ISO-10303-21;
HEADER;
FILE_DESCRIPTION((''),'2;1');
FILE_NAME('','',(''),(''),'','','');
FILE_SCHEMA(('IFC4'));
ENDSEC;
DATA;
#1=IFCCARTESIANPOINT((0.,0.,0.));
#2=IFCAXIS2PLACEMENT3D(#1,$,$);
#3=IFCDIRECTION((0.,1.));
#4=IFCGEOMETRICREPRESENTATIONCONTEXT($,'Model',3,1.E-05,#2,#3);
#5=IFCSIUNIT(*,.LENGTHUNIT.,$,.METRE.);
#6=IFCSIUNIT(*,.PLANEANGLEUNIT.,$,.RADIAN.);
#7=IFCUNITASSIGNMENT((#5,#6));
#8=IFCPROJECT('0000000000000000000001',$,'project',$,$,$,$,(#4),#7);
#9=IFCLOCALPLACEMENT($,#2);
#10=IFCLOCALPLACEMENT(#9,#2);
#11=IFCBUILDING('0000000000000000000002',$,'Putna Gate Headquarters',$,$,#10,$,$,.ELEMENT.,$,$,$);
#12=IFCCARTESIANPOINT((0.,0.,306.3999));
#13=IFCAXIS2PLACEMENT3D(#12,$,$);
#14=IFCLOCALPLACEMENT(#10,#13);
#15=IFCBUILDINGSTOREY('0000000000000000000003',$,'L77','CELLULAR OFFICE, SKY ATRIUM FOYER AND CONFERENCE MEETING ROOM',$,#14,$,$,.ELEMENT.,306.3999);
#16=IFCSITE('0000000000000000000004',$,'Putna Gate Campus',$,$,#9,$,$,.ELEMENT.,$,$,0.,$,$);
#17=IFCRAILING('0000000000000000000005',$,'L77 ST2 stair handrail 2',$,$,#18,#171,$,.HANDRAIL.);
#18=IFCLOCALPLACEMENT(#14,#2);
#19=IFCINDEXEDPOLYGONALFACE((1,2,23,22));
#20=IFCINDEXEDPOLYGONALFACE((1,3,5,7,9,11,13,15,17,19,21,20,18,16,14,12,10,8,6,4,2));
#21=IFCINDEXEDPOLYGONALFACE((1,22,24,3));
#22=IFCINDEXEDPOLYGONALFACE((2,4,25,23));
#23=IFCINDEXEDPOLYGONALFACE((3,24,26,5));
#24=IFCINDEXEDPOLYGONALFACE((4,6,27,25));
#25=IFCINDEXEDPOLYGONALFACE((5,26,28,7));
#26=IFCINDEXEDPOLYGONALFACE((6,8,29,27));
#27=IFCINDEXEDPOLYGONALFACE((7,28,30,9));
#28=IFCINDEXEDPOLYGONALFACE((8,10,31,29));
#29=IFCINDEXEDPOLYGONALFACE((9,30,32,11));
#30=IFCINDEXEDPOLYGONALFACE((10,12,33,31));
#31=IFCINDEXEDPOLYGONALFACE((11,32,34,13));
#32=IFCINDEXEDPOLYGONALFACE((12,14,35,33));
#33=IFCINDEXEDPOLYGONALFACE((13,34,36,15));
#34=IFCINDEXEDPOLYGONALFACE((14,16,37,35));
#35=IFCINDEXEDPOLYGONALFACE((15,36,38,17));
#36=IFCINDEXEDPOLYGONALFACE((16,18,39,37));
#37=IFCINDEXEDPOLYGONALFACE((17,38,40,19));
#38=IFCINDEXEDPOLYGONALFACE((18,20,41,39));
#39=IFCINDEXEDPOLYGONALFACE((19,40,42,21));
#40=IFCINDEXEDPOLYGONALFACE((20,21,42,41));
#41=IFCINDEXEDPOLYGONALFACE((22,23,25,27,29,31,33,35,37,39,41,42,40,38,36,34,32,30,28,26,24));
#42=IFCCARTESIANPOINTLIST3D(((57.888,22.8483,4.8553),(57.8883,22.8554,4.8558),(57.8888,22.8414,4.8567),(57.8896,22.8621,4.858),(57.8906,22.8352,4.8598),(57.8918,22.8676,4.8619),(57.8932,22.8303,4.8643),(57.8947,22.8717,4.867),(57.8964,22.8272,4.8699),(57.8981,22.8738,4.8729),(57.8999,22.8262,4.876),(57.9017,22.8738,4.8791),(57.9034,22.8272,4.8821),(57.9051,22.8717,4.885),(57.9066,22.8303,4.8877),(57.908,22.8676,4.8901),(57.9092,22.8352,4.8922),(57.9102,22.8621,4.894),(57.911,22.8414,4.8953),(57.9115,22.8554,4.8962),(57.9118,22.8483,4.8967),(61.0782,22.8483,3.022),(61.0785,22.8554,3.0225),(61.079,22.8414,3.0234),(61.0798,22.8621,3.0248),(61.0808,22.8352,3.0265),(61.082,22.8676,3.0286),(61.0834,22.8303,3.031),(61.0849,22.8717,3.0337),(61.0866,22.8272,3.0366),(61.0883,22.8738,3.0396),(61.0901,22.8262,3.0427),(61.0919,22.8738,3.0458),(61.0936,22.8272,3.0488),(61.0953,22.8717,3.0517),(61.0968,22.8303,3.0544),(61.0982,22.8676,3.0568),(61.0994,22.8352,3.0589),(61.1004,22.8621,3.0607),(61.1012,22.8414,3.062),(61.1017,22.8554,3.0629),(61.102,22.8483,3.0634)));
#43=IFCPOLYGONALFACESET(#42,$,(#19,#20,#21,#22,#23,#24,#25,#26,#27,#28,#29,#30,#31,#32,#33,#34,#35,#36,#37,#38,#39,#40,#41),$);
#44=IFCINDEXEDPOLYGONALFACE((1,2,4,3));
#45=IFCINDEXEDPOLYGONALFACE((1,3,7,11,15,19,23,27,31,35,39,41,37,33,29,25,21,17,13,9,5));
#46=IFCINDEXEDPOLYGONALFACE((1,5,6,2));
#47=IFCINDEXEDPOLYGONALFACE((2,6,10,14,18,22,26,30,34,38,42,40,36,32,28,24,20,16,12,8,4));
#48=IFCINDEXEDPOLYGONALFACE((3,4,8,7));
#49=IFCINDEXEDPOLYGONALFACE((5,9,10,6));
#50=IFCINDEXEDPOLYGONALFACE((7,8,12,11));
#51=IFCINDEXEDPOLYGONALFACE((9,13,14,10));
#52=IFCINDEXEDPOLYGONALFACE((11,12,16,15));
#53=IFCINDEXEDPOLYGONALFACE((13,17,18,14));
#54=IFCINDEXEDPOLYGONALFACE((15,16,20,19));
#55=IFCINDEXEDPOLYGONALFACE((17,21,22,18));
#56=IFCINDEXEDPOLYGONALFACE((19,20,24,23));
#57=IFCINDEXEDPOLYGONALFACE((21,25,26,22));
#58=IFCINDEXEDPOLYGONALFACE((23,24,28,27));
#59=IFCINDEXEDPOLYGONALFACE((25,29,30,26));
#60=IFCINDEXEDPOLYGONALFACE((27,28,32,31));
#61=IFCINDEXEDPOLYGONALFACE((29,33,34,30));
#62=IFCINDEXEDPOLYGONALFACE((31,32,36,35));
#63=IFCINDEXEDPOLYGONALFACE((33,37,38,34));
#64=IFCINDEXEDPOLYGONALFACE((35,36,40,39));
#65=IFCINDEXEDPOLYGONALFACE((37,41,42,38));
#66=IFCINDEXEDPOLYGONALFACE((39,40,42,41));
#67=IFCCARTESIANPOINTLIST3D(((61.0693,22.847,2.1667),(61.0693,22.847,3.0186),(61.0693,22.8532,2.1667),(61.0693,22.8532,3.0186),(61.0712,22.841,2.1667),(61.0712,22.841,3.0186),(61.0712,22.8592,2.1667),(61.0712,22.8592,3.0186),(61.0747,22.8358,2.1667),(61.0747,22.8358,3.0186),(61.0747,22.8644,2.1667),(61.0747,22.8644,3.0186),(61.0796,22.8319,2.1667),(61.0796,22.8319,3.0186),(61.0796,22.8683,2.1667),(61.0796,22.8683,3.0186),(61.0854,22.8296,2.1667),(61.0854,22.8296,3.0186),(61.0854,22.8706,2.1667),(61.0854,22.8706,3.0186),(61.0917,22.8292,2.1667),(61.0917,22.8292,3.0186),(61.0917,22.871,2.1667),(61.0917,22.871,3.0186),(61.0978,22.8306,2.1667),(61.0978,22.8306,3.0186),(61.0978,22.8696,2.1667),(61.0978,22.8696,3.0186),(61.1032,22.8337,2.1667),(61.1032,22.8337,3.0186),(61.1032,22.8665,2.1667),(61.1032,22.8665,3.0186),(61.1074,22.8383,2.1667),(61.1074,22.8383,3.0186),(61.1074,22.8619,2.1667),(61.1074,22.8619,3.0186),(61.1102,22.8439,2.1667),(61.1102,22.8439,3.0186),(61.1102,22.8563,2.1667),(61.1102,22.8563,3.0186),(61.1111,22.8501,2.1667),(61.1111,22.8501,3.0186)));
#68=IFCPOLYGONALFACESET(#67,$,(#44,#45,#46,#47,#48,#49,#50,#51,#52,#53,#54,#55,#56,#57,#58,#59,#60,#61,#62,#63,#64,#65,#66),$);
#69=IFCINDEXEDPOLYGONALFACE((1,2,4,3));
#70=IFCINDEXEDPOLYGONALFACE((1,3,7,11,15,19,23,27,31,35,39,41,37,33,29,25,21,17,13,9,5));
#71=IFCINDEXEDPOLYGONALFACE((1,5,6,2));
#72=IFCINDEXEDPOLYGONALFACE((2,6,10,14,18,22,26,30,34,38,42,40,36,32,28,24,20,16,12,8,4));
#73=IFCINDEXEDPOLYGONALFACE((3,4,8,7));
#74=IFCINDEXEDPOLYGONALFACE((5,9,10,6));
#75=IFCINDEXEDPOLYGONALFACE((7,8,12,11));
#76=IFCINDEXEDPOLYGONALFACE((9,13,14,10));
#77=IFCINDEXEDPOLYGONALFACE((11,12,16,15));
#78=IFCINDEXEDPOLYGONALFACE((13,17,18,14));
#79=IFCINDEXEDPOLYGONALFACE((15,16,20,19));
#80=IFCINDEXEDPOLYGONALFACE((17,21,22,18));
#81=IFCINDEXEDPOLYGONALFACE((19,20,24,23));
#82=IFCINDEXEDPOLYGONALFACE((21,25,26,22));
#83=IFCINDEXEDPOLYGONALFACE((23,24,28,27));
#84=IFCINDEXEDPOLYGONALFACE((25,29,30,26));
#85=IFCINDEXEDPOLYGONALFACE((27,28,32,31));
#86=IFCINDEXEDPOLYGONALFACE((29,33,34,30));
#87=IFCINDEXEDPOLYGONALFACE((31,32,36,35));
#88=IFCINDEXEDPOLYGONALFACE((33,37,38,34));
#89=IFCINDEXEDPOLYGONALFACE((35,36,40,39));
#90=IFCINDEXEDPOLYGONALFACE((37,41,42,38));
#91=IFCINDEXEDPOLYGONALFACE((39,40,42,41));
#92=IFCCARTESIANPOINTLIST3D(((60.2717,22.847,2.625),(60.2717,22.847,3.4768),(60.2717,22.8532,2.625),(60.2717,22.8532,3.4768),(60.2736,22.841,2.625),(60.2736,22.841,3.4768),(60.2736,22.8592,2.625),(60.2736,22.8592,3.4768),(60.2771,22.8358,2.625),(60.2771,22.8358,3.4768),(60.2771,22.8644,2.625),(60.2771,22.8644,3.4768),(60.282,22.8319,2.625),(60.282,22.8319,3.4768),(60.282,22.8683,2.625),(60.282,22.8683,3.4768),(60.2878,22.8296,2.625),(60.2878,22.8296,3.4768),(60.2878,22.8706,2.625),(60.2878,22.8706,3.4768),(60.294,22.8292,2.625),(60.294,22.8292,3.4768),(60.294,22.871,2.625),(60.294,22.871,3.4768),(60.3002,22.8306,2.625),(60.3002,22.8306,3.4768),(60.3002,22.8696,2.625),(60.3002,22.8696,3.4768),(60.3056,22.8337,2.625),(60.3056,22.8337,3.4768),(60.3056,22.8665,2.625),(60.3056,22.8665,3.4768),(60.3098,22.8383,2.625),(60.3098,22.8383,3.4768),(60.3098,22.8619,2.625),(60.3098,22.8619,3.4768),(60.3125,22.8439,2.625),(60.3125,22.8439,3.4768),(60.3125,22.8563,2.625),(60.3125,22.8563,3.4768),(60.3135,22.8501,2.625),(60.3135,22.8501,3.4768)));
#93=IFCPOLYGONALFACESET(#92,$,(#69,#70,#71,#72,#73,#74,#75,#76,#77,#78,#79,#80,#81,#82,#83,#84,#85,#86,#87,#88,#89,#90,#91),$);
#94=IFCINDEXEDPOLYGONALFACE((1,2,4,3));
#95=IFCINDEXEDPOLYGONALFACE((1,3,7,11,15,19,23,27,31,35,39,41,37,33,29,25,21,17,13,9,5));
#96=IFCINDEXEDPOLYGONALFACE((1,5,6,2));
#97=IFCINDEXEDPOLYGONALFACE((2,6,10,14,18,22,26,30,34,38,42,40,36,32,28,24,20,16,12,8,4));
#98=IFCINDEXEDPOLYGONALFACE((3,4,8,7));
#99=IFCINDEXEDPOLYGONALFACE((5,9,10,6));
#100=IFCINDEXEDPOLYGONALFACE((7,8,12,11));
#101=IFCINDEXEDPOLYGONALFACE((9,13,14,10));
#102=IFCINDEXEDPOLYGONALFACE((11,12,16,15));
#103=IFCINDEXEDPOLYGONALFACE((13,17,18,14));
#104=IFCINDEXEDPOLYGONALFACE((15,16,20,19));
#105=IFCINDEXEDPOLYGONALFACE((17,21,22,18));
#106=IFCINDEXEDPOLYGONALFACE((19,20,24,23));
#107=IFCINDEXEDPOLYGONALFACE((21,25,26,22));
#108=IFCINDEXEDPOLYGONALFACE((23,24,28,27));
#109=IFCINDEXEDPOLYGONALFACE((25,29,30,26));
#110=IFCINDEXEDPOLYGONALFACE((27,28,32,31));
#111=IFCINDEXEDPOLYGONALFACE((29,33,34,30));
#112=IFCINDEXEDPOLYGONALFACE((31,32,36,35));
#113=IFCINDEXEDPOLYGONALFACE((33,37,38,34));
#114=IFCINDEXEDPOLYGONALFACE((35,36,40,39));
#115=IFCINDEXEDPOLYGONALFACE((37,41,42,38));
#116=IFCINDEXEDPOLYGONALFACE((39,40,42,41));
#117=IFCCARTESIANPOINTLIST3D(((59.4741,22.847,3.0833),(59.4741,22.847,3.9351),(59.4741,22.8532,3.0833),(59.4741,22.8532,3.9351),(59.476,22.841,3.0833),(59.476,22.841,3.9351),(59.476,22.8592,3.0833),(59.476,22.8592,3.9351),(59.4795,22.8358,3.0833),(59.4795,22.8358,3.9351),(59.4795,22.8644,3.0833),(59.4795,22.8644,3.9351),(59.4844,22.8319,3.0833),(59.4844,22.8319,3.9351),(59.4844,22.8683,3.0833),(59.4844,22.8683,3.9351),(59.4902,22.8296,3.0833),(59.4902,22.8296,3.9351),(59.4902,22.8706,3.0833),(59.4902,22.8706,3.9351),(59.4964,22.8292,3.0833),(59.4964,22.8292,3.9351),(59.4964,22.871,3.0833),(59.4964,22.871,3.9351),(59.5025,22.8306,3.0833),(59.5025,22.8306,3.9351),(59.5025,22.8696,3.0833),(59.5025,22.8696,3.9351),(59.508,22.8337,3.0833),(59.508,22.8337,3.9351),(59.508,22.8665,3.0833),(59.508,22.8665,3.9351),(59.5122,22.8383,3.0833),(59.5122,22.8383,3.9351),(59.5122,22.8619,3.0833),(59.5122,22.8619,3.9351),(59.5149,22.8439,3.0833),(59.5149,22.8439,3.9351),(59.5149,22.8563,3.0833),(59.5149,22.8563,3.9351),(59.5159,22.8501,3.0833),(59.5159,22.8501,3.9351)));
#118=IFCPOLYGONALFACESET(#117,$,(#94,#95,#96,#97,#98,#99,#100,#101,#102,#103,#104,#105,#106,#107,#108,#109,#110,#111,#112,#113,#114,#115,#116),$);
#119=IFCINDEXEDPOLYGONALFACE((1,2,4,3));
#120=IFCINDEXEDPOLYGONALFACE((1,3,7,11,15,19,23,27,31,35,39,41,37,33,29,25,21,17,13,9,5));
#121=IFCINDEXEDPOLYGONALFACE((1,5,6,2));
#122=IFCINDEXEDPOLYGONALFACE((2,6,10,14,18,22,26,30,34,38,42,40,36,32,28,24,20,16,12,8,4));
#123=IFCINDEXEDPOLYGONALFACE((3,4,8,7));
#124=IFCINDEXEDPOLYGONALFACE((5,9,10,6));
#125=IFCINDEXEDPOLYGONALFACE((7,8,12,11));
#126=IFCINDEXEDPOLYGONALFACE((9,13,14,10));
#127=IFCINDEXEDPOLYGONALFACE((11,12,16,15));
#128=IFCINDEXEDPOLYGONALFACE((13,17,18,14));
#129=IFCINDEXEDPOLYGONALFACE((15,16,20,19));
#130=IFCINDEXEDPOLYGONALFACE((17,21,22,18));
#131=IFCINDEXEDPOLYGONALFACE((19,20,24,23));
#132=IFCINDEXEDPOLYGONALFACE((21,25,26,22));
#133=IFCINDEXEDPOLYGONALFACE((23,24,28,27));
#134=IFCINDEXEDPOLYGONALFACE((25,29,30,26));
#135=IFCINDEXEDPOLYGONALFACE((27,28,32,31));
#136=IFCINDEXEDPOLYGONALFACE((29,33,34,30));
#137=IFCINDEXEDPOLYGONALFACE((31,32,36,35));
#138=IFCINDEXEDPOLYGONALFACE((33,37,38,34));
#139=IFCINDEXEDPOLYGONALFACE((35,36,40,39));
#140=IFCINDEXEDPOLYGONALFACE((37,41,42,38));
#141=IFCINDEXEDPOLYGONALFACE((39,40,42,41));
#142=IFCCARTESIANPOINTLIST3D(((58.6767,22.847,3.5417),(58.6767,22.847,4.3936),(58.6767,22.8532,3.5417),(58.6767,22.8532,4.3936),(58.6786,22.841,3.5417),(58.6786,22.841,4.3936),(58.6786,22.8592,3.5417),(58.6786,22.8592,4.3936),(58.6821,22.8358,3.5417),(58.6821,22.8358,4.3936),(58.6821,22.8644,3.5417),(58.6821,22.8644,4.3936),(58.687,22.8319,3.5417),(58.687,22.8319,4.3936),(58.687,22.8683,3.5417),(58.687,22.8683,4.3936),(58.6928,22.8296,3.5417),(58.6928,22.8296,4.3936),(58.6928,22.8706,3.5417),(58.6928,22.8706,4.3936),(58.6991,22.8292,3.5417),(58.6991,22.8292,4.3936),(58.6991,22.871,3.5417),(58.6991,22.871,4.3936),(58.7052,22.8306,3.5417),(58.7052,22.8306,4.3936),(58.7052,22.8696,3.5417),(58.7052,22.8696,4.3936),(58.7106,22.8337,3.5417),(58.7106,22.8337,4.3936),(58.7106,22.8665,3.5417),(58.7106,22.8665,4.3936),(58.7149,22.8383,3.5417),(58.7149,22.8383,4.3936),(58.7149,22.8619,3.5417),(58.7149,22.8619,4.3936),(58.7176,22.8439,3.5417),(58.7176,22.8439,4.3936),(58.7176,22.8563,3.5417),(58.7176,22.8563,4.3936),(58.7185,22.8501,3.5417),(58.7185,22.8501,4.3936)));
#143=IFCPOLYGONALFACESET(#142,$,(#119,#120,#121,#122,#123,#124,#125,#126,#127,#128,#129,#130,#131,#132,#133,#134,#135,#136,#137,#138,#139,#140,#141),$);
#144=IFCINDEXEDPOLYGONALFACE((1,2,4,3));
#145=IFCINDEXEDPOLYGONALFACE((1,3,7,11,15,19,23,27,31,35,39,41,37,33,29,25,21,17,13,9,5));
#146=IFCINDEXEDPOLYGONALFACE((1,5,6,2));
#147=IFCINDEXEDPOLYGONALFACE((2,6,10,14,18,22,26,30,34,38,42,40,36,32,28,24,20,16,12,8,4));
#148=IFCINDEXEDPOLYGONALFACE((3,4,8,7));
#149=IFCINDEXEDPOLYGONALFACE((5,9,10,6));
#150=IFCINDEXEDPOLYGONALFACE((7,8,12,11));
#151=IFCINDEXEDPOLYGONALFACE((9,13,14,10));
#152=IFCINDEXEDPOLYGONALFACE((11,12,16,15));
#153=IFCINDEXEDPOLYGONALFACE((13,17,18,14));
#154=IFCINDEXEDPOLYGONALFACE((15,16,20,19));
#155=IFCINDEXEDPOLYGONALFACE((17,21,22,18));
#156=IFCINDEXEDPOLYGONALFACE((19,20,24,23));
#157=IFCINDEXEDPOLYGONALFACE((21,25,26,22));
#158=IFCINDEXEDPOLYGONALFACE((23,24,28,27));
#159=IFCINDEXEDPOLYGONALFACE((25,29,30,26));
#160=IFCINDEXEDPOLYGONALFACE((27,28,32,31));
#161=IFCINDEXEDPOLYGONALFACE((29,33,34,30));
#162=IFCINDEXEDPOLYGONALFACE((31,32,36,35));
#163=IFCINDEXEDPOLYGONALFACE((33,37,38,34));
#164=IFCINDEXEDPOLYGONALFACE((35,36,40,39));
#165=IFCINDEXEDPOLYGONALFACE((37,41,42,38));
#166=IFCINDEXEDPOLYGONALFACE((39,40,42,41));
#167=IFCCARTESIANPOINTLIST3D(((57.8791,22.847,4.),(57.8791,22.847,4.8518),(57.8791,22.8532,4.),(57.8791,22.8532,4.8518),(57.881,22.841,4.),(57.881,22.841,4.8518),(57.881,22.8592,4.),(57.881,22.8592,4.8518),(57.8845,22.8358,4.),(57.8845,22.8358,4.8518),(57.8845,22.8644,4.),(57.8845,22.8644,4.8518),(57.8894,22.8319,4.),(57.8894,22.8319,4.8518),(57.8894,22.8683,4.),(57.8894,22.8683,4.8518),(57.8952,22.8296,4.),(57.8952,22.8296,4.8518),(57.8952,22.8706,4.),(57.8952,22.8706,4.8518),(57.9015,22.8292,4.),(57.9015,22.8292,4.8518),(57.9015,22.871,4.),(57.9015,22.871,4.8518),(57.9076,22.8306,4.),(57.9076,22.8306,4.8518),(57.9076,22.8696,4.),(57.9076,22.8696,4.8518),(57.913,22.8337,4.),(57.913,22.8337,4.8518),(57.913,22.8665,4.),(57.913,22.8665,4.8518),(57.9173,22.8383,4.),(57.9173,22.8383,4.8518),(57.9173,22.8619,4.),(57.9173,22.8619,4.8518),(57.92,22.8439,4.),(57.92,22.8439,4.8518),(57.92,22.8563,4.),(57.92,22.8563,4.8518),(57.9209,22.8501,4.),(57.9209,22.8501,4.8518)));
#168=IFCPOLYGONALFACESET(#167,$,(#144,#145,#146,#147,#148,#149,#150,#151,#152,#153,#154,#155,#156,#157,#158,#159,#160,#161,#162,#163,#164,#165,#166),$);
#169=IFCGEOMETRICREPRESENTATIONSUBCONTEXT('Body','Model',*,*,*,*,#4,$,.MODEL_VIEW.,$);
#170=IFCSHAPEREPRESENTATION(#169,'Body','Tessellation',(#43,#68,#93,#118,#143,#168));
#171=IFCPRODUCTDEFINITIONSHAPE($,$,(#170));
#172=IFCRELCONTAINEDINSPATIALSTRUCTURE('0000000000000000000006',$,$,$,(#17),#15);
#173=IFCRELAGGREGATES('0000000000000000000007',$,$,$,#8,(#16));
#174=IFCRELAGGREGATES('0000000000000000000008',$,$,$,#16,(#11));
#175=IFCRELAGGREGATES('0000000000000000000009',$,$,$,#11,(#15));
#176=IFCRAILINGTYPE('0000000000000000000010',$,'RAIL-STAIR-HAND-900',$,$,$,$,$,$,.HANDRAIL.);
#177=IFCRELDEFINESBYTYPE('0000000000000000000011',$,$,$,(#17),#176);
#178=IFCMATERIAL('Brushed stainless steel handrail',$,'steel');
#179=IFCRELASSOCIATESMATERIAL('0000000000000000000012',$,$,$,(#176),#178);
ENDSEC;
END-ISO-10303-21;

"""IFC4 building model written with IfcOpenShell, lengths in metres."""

from ifc_helpers import new_model, si_unit, direction, frame, origin, origin_2d, place, context, subcontext, project, spatial, circle, extrude, material, type_object, element, save


model = new_model("IFC4")

# Units and contexts
model_context = context("Model", 3, precision=1e-05, world=origin(), true_north=direction((0.0, 1.0)))
body_context = subcontext(model_context, "Body", "Model", "MODEL_VIEW")
ifc_project = project(units=[si_unit("LENGTHUNIT", "METRE"), si_unit("PLANEANGLEUNIT", "RADIAN")], contexts=[model_context])

# Site, building, storey
site_placement = place(None, origin())
site = spatial("IfcSite", under=ifc_project, at=site_placement, Name="Putna Gate Campus", CompositionType="ELEMENT", RefElevation=0.0)
building_placement = place(site_placement, origin())
building = spatial("IfcBuilding", under=site, at=building_placement, Name="Putna Gate Headquarters", CompositionType="ELEMENT")
storey_placement = place(building_placement, frame((0.0, 0.0, 306.3999)))
storey = spatial("IfcBuildingStorey", under=building, at=storey_placement, Name="L77", Description="CELLULAR OFFICE, SKY ATRIUM FOYER AND CONFERENCE MEETING ROOM", CompositionType="ELEMENT", Elevation=306.3999)

# Railing
ifc_material_1 = material(Name="Brushed stainless steel handrail", Category="steel")
railing_type = type_object("IfcRailingType", Name="RAIL-STAIR-HAND-900", PredefinedType="HANDRAIL", material=ifc_material_1)
railing_placement = place(storey_placement, frame((61.0901, 22.8501, 2.1667)))
element("IfcRailing", 1, at=railing_placement, inside=storey, type_object=railing_type, Name="L77 ST2 stair handrail 2", PredefinedType="HANDRAIL", context=body_context, shape_type="SweptSolid", body=[
    extrude(circle(Radius=0.0239, at=origin_2d()), frame((0.0, 0.0, 0.876), z_axis=(-0.867036, 0.0, 0.498245), x_axis=(0.0, -1.0, 0.0)), (0.0, 0.0, 1.0), 3.6794),
    extrude(circle(Radius=0.021, at=origin_2d()), origin(), (0.0, 0.0, 1.0), 0.8518),
    extrude(circle(Radius=0.021, at=origin_2d()), frame((-0.7976, 0.0, 0.4583)), (0.0, 0.0, 1.0), 0.8518),
    extrude(circle(Radius=0.021, at=origin_2d()), frame((-1.5952, 0.0, 0.9165)), (0.0, 0.0, 1.0), 0.8518),
    extrude(circle(Radius=0.021, at=origin_2d()), frame((-2.3926, 0.0, 1.375)), (0.0, 0.0, 1.0), 0.8518),
    extrude(circle(Radius=0.021, at=origin_2d()), frame((-3.1902, 0.0, 1.8333)), (0.0, 0.0, 1.0), 0.8518),
])

save(model, "model.ifc")
